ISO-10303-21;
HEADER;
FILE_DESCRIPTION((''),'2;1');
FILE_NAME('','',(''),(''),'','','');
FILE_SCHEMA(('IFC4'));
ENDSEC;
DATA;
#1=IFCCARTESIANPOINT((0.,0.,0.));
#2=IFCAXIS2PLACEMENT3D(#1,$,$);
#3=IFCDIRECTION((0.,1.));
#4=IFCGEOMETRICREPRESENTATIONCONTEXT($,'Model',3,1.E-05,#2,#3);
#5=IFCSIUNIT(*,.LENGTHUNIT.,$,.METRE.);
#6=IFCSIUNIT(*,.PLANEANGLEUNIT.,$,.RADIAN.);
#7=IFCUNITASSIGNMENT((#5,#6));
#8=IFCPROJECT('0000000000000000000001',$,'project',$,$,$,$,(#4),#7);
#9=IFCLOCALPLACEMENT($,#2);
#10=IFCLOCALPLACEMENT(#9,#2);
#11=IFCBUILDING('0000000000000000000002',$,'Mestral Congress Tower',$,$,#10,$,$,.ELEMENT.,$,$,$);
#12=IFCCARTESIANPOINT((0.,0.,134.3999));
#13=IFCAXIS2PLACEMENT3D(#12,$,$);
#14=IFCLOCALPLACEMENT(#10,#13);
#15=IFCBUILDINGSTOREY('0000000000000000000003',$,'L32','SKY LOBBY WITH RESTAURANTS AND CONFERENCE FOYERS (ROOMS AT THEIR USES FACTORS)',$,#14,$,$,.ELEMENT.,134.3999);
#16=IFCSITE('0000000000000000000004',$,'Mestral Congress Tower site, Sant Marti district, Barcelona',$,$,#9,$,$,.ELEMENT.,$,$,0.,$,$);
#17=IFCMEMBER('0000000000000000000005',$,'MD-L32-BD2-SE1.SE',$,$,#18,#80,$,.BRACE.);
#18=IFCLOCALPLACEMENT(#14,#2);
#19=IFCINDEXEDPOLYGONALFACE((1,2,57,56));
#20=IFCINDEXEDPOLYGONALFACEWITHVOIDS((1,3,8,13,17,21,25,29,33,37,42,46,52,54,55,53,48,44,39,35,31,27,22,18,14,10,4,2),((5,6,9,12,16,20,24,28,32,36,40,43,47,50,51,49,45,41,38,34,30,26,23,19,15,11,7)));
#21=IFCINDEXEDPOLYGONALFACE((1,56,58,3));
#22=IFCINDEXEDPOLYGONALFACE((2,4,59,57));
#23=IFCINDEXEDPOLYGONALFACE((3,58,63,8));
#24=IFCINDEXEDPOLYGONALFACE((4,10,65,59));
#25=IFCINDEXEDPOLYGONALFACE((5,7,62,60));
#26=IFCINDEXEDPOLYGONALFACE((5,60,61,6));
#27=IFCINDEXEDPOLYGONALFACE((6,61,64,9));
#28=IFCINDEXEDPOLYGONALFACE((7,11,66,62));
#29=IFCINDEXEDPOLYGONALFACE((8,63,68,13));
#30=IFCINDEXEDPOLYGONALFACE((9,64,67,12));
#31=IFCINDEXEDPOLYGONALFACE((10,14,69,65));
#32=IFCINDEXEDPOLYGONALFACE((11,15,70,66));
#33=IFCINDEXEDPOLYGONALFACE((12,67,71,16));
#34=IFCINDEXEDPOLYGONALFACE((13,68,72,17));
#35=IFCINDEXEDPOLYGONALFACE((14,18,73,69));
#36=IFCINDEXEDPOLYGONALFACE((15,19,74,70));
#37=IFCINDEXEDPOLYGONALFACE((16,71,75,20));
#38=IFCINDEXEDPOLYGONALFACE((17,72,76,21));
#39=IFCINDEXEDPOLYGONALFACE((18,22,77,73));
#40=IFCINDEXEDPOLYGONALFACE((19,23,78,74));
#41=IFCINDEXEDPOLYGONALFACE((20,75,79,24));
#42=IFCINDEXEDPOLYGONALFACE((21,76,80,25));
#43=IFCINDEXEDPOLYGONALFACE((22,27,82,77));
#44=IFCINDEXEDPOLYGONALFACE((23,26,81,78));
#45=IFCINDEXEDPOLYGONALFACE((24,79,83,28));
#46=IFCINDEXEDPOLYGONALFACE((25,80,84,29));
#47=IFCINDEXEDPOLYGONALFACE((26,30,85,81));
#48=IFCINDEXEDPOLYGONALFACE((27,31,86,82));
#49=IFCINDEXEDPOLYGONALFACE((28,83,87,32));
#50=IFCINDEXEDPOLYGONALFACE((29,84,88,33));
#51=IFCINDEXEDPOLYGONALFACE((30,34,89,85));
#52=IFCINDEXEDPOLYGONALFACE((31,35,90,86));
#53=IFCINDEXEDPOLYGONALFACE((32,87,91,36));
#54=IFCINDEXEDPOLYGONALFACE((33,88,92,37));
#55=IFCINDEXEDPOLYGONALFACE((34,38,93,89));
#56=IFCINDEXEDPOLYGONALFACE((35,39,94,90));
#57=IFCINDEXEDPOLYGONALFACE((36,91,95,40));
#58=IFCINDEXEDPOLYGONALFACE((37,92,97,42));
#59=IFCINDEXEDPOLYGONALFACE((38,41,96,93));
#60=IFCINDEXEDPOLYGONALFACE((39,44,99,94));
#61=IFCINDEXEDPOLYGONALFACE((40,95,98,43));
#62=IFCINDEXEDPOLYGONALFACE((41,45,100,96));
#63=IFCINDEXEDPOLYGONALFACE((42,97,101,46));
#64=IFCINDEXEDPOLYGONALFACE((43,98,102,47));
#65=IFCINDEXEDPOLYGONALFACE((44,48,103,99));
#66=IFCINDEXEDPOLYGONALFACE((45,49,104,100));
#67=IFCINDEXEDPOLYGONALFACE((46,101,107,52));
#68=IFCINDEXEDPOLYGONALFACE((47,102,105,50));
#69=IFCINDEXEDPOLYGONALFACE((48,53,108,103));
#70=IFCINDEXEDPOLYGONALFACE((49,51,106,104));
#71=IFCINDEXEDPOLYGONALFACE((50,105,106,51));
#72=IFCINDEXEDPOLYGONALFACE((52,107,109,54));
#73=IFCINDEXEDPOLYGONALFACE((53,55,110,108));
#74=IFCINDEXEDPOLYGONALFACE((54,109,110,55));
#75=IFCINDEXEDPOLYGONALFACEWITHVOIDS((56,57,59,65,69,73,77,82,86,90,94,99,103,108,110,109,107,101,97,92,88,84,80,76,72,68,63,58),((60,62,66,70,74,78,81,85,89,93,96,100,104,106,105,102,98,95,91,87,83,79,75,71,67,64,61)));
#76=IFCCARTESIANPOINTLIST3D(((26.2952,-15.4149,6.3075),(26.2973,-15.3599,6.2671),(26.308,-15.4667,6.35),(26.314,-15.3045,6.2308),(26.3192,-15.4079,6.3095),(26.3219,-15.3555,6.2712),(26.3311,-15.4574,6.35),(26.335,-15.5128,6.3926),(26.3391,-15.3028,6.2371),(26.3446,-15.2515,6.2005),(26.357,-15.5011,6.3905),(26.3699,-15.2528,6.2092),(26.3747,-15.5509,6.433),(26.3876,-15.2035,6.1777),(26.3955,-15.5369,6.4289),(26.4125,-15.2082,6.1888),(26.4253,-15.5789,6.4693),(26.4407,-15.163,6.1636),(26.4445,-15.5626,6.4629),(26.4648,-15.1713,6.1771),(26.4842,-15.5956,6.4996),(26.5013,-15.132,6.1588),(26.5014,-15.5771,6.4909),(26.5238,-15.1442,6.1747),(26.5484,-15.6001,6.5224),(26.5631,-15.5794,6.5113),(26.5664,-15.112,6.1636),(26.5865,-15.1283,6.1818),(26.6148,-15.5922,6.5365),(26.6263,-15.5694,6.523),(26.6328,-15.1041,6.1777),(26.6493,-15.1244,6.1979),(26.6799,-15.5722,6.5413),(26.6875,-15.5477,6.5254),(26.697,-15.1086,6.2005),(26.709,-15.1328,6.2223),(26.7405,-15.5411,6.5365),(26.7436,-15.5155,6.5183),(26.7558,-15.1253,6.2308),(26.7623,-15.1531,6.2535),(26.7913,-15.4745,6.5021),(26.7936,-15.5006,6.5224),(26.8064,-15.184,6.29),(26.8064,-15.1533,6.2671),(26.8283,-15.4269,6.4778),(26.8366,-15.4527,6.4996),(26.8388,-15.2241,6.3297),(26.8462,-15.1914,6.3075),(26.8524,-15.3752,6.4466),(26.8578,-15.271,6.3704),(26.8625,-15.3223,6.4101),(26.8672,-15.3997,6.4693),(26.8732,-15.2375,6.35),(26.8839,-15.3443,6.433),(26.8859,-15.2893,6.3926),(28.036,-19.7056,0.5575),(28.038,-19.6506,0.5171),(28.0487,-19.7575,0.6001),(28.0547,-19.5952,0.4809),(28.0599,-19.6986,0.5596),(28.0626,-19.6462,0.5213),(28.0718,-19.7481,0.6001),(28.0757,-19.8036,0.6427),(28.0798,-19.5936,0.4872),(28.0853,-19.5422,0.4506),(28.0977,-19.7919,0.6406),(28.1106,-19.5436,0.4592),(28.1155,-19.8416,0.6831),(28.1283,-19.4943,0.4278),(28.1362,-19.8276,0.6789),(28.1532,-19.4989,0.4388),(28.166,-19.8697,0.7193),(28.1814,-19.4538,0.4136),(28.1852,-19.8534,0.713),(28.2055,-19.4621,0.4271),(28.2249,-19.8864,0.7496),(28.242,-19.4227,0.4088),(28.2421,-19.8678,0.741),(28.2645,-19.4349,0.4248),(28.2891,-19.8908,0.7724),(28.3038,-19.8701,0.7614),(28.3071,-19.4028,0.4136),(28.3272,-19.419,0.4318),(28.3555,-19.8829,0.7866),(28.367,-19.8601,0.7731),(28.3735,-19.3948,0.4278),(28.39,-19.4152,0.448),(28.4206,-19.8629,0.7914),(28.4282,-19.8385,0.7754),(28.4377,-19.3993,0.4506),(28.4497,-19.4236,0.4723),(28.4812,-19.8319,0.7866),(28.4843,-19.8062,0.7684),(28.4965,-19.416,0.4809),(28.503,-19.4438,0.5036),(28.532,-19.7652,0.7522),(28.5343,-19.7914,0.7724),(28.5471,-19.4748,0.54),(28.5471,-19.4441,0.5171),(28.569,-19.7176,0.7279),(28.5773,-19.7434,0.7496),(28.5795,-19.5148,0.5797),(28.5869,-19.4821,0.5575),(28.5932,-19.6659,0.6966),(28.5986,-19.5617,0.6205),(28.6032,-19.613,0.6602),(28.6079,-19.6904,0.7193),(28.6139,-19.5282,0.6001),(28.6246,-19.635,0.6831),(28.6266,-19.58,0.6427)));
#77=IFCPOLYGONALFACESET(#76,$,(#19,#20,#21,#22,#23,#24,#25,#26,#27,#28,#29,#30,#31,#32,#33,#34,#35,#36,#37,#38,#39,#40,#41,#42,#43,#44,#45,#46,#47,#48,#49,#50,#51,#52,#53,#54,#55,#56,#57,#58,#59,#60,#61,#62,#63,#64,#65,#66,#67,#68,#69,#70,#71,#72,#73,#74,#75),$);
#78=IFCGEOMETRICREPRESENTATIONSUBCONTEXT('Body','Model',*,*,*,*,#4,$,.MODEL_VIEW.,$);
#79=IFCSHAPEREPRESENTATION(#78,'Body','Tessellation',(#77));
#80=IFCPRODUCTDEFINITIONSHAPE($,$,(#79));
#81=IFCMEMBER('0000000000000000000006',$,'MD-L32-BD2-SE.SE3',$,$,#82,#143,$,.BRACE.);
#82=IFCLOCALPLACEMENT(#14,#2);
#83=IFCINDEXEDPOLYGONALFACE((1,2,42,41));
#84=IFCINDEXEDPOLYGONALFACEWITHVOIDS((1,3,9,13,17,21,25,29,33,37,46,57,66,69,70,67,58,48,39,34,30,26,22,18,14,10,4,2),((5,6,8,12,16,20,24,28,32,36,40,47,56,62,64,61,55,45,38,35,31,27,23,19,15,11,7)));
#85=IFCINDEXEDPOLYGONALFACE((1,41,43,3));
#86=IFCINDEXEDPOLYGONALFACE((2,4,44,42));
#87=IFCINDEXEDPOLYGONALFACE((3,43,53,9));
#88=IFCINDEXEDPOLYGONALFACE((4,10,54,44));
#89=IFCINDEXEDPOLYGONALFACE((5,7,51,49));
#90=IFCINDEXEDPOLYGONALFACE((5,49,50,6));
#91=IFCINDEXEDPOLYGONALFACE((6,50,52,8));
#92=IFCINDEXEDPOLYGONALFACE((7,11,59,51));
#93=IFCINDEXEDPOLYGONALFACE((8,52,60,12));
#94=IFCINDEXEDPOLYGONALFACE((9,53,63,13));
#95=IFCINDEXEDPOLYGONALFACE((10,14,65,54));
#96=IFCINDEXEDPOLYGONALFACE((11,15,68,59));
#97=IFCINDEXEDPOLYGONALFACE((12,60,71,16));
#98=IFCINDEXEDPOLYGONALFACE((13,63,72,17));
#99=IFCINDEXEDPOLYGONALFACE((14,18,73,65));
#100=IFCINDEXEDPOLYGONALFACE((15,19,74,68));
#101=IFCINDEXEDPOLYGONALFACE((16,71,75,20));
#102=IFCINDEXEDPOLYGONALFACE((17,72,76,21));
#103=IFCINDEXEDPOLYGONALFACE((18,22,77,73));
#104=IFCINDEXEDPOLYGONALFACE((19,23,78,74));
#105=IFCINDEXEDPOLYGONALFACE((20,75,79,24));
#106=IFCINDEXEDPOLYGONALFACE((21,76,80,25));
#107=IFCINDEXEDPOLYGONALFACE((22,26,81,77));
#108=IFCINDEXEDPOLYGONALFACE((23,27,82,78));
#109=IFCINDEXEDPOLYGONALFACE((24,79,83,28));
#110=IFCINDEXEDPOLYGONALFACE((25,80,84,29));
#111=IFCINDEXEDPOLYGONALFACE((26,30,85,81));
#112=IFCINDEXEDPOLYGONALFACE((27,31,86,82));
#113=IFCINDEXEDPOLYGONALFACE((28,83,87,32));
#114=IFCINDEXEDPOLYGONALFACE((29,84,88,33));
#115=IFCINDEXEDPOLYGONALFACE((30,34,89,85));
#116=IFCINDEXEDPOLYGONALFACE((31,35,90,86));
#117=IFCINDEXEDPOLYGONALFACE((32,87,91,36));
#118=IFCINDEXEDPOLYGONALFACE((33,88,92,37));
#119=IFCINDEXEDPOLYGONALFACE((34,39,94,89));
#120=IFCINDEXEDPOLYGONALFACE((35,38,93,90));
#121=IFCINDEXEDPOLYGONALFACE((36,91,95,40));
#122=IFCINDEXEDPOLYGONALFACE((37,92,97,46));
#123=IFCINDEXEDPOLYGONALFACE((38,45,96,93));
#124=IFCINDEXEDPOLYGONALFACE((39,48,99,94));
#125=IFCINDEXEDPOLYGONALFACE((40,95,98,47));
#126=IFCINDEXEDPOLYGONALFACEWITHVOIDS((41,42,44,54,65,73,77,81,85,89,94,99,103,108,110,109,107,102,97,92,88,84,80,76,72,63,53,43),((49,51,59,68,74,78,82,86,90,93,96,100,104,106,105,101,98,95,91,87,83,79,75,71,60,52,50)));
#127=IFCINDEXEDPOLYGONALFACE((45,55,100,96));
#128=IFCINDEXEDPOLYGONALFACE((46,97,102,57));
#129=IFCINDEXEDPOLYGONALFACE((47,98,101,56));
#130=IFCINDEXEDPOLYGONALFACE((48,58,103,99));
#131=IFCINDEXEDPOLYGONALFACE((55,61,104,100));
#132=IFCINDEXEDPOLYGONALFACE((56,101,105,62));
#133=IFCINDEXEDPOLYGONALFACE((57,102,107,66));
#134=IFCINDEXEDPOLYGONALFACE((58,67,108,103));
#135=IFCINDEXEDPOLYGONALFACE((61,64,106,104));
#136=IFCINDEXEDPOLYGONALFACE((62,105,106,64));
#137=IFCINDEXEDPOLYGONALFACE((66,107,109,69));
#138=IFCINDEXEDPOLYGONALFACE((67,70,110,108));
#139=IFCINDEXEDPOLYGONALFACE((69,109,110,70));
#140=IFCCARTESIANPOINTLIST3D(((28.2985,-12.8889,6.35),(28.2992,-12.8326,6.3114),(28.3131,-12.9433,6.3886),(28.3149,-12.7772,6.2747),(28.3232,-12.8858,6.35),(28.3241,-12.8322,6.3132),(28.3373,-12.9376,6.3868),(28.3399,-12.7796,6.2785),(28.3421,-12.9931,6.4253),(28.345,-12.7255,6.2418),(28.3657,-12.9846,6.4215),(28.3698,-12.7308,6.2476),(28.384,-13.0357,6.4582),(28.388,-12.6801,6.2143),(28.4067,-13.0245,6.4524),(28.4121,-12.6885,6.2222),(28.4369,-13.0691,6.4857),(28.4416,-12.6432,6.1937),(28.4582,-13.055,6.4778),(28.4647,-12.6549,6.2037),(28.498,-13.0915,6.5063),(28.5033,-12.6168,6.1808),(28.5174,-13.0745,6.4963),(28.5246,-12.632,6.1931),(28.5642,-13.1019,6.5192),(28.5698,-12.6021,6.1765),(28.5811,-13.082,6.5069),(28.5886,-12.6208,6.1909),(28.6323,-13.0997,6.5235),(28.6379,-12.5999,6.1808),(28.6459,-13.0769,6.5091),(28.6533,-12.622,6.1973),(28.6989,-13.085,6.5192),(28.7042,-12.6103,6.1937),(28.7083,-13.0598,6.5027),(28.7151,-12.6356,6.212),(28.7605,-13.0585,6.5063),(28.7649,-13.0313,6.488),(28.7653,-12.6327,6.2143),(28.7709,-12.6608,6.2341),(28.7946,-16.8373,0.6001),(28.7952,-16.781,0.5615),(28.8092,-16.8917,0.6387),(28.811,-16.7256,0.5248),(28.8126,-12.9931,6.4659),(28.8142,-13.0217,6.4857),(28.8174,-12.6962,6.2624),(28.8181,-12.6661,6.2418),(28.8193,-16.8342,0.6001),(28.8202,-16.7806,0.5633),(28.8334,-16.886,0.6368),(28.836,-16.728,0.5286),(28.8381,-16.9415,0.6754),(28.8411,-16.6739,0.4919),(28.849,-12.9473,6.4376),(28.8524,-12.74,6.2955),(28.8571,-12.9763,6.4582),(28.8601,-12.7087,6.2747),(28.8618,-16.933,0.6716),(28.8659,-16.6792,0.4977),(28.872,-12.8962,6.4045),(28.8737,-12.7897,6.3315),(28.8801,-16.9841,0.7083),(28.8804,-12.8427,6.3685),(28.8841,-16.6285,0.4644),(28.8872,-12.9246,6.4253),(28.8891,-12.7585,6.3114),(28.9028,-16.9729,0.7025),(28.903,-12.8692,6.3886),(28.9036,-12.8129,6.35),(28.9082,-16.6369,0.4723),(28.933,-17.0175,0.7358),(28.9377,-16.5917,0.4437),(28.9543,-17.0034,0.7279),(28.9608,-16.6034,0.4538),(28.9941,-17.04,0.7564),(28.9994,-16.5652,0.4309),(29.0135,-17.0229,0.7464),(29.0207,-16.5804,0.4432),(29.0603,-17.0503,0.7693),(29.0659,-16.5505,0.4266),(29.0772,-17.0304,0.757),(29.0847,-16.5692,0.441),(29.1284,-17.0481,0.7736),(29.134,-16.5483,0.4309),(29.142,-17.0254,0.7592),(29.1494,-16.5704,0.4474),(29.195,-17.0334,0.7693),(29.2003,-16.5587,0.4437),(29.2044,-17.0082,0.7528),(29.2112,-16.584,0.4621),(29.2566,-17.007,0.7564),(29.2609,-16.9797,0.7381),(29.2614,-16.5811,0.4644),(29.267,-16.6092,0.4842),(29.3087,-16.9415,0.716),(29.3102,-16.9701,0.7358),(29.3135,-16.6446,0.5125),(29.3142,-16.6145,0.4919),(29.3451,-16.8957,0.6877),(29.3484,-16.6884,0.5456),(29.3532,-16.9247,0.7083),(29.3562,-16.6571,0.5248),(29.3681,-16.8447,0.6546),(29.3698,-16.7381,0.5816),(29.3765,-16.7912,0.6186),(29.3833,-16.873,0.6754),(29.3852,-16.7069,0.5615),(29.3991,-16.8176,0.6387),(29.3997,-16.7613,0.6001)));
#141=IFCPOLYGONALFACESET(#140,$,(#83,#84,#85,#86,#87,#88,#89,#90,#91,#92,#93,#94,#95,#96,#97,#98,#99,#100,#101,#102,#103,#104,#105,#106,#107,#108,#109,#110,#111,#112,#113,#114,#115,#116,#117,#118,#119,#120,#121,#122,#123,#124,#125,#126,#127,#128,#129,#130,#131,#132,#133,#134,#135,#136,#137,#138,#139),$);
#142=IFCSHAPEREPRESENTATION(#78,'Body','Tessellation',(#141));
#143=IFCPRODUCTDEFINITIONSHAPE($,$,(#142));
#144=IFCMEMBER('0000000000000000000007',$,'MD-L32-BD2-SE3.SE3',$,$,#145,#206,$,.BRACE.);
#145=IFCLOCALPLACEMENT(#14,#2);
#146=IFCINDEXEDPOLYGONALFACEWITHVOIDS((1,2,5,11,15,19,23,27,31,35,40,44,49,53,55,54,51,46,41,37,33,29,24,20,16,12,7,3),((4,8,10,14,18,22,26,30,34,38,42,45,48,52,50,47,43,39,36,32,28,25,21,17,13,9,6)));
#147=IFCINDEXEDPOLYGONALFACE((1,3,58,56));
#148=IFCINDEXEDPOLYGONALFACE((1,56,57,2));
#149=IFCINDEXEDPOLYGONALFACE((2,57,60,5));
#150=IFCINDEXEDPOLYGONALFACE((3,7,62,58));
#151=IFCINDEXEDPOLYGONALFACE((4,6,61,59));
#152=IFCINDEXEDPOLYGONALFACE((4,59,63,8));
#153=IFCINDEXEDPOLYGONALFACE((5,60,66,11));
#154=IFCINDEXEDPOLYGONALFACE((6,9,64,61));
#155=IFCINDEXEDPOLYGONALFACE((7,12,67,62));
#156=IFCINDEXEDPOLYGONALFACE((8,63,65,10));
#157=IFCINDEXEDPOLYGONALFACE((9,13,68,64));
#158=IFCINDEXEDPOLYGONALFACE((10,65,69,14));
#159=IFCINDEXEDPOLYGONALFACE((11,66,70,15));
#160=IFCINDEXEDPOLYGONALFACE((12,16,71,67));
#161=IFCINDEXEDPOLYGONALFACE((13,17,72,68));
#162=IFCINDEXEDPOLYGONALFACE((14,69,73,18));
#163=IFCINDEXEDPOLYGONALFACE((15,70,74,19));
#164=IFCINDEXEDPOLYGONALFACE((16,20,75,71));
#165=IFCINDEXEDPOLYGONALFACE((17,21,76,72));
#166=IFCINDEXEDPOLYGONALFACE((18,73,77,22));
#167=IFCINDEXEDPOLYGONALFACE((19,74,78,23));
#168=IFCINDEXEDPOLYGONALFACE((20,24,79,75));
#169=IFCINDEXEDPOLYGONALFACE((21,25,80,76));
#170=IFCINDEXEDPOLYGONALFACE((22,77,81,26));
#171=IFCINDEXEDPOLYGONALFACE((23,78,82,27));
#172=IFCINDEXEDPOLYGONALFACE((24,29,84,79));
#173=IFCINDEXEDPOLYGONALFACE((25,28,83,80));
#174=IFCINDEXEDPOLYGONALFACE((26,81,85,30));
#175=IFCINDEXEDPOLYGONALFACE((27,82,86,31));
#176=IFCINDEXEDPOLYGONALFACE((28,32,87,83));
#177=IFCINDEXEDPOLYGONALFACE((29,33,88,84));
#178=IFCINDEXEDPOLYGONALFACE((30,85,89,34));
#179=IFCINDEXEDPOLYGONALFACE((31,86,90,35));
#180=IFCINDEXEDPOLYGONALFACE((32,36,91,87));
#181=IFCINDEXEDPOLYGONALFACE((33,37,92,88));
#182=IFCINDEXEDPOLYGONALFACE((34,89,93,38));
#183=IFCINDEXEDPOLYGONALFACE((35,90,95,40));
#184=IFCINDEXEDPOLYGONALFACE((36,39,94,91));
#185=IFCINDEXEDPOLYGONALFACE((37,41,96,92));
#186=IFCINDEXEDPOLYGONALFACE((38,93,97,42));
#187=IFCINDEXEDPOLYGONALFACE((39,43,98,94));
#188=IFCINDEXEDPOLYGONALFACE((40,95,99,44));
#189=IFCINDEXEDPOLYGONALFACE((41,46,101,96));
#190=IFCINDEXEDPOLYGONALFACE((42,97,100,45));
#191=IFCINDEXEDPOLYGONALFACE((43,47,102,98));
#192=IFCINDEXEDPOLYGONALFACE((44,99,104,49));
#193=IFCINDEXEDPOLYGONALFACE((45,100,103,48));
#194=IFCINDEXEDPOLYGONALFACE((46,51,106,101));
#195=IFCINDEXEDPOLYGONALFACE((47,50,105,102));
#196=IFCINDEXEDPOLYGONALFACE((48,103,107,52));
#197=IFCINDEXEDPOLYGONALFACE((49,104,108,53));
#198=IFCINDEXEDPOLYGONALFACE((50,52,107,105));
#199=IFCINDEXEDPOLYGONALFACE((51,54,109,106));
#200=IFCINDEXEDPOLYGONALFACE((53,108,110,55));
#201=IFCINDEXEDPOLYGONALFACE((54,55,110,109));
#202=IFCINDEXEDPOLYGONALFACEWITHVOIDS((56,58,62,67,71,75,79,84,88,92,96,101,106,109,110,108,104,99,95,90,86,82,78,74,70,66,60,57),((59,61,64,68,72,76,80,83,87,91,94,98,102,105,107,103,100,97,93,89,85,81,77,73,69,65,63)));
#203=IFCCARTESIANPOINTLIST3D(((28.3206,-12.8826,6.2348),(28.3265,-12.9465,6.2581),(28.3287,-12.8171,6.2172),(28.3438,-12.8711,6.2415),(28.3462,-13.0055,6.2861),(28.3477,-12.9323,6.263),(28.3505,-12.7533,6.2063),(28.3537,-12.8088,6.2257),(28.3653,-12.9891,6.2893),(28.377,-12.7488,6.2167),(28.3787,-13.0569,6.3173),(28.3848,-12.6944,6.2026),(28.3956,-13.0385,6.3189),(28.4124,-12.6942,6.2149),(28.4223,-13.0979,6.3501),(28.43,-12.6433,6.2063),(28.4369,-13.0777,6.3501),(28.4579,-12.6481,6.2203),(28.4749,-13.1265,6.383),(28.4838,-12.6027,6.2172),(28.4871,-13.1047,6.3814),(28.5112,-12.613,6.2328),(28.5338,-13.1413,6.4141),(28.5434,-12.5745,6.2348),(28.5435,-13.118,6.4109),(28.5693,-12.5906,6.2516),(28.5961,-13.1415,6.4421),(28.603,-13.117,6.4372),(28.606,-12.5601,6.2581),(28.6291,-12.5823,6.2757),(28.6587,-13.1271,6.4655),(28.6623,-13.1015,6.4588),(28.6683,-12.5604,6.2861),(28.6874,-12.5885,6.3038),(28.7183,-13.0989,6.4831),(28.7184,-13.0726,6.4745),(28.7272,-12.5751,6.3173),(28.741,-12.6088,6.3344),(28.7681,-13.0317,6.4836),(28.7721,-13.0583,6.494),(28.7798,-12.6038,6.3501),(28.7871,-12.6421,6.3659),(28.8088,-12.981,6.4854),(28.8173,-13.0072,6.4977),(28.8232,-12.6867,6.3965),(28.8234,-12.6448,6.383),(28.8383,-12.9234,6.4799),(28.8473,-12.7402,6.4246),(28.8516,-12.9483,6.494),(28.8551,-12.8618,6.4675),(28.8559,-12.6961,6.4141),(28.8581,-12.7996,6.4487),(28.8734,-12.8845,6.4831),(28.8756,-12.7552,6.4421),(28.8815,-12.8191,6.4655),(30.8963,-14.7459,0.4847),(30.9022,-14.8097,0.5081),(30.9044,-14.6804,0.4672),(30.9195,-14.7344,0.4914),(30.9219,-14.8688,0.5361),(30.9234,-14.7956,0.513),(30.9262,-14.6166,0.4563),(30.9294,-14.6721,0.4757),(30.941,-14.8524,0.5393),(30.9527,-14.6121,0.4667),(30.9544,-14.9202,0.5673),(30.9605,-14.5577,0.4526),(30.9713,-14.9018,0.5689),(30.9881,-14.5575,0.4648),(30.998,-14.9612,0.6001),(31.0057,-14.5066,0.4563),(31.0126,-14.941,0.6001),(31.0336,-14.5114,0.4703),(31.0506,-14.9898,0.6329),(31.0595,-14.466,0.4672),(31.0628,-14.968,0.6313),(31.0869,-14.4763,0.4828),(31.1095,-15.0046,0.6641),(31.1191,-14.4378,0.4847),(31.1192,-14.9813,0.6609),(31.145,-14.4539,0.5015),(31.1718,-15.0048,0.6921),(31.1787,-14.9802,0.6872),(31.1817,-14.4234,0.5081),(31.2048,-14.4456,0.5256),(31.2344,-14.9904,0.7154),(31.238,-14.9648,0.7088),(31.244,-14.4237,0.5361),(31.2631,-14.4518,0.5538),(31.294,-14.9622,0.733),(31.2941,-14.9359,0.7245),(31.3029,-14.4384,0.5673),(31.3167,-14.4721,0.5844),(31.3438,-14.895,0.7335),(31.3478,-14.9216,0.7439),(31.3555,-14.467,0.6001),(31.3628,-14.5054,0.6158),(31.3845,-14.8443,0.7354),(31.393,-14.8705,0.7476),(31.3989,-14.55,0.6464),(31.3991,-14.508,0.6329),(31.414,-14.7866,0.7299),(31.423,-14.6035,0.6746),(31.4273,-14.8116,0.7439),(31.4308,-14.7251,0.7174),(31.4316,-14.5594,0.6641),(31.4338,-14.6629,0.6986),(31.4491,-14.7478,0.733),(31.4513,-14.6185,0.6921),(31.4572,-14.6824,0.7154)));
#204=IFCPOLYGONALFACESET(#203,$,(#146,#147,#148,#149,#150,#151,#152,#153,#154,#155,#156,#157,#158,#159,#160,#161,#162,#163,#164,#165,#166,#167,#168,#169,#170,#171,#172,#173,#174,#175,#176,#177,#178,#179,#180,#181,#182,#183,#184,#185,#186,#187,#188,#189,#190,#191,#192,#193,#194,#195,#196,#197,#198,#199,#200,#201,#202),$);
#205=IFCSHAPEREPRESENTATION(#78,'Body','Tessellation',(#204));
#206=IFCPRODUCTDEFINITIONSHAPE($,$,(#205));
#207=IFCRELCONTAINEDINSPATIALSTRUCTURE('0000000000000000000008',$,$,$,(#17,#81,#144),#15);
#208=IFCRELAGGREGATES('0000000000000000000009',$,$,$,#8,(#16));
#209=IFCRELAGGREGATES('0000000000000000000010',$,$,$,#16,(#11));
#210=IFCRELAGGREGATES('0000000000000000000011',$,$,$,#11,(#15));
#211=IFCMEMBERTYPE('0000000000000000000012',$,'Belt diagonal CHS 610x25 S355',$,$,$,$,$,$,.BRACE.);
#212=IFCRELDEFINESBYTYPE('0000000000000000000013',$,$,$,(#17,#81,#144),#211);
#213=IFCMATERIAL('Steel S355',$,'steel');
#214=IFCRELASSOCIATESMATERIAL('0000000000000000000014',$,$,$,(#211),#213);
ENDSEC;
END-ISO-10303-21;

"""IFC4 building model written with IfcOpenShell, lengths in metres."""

from ifc_helpers import new_model, si_unit, direction, frame, origin, origin_2d, place, context, subcontext, project, spatial, hollow_circle, extrude, material, material_profile, profile_set, type_object, element, save


model = new_model("IFC4")

# Units and contexts
model_context = context("Model", 3, precision=1e-05, world=origin(), true_north=direction((0.0, 1.0)))
body_context = subcontext(model_context, "Body", "Model", "MODEL_VIEW")
ifc_project = project(units=[si_unit("LENGTHUNIT", "METRE"), si_unit("PLANEANGLEUNIT", "RADIAN")], contexts=[model_context])

# Site, building, storey
site_placement = place(None, origin())
site = spatial("IfcSite", under=ifc_project, at=site_placement, Name="Mestral Congress Tower site, Sant Marti district, Barcelona", CompositionType="ELEMENT", RefElevation=0.0)
building_placement = place(site_placement, origin())
building = spatial("IfcBuilding", under=site, at=building_placement, Name="Mestral Congress Tower", CompositionType="ELEMENT")
storey_placement = place(building_placement, frame((0.0, 0.0, 134.3999)))
storey = spatial("IfcBuildingStorey", under=building, at=storey_placement, Name="L32", Description="SKY LOBBY WITH RESTAURANTS AND CONFERENCE FOYERS (ROOMS AT THEIR USES FACTORS)", CompositionType="ELEMENT", Elevation=134.3999)

# Members
ifc_material_1 = material(Name="Steel S355", Category="steel")
ifc_material_profile_1 = material_profile(ifc_material_1, hollow_circle(Radius=0.3049, WallThickness=0.0249, at=origin_2d()), Name="CHS 610x25")
ifc_profile_set_1 = profile_set([ifc_material_profile_1], Name="Steel S355")
member_type_1 = type_object("IfcMemberType", Name="Belt diagonal CHS 610x25 S355", PredefinedType="BRACE", material=ifc_profile_set_1)
member_1_placement = place(storey_placement, frame((28.3313, -19.6428, 0.6001), z_axis=(-0.235786, 0.581198, 0.778854), x_axis=(-0.926647, -0.375932, 0.0)))
element("IfcMember", 1, at=member_1_placement, inside=storey, type_object=member_type_1, Name="MD-L32-BD2-SE1.SE", PredefinedType="BRACE", context=body_context, shape_type="SweptSolid", body=[
    extrude(hollow_circle(Radius=0.3049, WallThickness=0.0249, at=origin_2d()), origin(), (0.0, 0.0, 1.0), 7.3826),
])
member_2_placement = place(storey_placement, frame((29.0972, -16.7993, 0.6001), z_axis=(-0.070944, 0.564651, 0.822275), x_axis=(-0.992199, -0.124661, 0.0)))
element("IfcMember", 2, at=member_2_placement, inside=storey, type_object=member_type_1, Name="MD-L32-BD2-SE.SE3", PredefinedType="BRACE", context=body_context, shape_type="SweptSolid", body=[
    extrude(hollow_circle(Radius=0.3049, WallThickness=0.0249, at=origin_2d()), origin(), (0.0, 0.0, 1.0), 6.9927),
])
member_3_placement = place(storey_placement, frame((31.1768, -14.7141, 0.6001), z_axis=(-0.392021, 0.283593, 0.875154), x_axis=(-0.586124, -0.810221, 0.0)))
element("IfcMember", 3, at=member_3_placement, inside=storey, type_object=member_type_1, Name="MD-L32-BD2-SE3.SE3", PredefinedType="BRACE", context=body_context, shape_type="SweptSolid", body=[
    extrude(hollow_circle(Radius=0.3049, WallThickness=0.0249, at=origin_2d()), origin(), (0.0, 0.0, 1.0), 6.5703),
])

save(model, "model.ifc")
